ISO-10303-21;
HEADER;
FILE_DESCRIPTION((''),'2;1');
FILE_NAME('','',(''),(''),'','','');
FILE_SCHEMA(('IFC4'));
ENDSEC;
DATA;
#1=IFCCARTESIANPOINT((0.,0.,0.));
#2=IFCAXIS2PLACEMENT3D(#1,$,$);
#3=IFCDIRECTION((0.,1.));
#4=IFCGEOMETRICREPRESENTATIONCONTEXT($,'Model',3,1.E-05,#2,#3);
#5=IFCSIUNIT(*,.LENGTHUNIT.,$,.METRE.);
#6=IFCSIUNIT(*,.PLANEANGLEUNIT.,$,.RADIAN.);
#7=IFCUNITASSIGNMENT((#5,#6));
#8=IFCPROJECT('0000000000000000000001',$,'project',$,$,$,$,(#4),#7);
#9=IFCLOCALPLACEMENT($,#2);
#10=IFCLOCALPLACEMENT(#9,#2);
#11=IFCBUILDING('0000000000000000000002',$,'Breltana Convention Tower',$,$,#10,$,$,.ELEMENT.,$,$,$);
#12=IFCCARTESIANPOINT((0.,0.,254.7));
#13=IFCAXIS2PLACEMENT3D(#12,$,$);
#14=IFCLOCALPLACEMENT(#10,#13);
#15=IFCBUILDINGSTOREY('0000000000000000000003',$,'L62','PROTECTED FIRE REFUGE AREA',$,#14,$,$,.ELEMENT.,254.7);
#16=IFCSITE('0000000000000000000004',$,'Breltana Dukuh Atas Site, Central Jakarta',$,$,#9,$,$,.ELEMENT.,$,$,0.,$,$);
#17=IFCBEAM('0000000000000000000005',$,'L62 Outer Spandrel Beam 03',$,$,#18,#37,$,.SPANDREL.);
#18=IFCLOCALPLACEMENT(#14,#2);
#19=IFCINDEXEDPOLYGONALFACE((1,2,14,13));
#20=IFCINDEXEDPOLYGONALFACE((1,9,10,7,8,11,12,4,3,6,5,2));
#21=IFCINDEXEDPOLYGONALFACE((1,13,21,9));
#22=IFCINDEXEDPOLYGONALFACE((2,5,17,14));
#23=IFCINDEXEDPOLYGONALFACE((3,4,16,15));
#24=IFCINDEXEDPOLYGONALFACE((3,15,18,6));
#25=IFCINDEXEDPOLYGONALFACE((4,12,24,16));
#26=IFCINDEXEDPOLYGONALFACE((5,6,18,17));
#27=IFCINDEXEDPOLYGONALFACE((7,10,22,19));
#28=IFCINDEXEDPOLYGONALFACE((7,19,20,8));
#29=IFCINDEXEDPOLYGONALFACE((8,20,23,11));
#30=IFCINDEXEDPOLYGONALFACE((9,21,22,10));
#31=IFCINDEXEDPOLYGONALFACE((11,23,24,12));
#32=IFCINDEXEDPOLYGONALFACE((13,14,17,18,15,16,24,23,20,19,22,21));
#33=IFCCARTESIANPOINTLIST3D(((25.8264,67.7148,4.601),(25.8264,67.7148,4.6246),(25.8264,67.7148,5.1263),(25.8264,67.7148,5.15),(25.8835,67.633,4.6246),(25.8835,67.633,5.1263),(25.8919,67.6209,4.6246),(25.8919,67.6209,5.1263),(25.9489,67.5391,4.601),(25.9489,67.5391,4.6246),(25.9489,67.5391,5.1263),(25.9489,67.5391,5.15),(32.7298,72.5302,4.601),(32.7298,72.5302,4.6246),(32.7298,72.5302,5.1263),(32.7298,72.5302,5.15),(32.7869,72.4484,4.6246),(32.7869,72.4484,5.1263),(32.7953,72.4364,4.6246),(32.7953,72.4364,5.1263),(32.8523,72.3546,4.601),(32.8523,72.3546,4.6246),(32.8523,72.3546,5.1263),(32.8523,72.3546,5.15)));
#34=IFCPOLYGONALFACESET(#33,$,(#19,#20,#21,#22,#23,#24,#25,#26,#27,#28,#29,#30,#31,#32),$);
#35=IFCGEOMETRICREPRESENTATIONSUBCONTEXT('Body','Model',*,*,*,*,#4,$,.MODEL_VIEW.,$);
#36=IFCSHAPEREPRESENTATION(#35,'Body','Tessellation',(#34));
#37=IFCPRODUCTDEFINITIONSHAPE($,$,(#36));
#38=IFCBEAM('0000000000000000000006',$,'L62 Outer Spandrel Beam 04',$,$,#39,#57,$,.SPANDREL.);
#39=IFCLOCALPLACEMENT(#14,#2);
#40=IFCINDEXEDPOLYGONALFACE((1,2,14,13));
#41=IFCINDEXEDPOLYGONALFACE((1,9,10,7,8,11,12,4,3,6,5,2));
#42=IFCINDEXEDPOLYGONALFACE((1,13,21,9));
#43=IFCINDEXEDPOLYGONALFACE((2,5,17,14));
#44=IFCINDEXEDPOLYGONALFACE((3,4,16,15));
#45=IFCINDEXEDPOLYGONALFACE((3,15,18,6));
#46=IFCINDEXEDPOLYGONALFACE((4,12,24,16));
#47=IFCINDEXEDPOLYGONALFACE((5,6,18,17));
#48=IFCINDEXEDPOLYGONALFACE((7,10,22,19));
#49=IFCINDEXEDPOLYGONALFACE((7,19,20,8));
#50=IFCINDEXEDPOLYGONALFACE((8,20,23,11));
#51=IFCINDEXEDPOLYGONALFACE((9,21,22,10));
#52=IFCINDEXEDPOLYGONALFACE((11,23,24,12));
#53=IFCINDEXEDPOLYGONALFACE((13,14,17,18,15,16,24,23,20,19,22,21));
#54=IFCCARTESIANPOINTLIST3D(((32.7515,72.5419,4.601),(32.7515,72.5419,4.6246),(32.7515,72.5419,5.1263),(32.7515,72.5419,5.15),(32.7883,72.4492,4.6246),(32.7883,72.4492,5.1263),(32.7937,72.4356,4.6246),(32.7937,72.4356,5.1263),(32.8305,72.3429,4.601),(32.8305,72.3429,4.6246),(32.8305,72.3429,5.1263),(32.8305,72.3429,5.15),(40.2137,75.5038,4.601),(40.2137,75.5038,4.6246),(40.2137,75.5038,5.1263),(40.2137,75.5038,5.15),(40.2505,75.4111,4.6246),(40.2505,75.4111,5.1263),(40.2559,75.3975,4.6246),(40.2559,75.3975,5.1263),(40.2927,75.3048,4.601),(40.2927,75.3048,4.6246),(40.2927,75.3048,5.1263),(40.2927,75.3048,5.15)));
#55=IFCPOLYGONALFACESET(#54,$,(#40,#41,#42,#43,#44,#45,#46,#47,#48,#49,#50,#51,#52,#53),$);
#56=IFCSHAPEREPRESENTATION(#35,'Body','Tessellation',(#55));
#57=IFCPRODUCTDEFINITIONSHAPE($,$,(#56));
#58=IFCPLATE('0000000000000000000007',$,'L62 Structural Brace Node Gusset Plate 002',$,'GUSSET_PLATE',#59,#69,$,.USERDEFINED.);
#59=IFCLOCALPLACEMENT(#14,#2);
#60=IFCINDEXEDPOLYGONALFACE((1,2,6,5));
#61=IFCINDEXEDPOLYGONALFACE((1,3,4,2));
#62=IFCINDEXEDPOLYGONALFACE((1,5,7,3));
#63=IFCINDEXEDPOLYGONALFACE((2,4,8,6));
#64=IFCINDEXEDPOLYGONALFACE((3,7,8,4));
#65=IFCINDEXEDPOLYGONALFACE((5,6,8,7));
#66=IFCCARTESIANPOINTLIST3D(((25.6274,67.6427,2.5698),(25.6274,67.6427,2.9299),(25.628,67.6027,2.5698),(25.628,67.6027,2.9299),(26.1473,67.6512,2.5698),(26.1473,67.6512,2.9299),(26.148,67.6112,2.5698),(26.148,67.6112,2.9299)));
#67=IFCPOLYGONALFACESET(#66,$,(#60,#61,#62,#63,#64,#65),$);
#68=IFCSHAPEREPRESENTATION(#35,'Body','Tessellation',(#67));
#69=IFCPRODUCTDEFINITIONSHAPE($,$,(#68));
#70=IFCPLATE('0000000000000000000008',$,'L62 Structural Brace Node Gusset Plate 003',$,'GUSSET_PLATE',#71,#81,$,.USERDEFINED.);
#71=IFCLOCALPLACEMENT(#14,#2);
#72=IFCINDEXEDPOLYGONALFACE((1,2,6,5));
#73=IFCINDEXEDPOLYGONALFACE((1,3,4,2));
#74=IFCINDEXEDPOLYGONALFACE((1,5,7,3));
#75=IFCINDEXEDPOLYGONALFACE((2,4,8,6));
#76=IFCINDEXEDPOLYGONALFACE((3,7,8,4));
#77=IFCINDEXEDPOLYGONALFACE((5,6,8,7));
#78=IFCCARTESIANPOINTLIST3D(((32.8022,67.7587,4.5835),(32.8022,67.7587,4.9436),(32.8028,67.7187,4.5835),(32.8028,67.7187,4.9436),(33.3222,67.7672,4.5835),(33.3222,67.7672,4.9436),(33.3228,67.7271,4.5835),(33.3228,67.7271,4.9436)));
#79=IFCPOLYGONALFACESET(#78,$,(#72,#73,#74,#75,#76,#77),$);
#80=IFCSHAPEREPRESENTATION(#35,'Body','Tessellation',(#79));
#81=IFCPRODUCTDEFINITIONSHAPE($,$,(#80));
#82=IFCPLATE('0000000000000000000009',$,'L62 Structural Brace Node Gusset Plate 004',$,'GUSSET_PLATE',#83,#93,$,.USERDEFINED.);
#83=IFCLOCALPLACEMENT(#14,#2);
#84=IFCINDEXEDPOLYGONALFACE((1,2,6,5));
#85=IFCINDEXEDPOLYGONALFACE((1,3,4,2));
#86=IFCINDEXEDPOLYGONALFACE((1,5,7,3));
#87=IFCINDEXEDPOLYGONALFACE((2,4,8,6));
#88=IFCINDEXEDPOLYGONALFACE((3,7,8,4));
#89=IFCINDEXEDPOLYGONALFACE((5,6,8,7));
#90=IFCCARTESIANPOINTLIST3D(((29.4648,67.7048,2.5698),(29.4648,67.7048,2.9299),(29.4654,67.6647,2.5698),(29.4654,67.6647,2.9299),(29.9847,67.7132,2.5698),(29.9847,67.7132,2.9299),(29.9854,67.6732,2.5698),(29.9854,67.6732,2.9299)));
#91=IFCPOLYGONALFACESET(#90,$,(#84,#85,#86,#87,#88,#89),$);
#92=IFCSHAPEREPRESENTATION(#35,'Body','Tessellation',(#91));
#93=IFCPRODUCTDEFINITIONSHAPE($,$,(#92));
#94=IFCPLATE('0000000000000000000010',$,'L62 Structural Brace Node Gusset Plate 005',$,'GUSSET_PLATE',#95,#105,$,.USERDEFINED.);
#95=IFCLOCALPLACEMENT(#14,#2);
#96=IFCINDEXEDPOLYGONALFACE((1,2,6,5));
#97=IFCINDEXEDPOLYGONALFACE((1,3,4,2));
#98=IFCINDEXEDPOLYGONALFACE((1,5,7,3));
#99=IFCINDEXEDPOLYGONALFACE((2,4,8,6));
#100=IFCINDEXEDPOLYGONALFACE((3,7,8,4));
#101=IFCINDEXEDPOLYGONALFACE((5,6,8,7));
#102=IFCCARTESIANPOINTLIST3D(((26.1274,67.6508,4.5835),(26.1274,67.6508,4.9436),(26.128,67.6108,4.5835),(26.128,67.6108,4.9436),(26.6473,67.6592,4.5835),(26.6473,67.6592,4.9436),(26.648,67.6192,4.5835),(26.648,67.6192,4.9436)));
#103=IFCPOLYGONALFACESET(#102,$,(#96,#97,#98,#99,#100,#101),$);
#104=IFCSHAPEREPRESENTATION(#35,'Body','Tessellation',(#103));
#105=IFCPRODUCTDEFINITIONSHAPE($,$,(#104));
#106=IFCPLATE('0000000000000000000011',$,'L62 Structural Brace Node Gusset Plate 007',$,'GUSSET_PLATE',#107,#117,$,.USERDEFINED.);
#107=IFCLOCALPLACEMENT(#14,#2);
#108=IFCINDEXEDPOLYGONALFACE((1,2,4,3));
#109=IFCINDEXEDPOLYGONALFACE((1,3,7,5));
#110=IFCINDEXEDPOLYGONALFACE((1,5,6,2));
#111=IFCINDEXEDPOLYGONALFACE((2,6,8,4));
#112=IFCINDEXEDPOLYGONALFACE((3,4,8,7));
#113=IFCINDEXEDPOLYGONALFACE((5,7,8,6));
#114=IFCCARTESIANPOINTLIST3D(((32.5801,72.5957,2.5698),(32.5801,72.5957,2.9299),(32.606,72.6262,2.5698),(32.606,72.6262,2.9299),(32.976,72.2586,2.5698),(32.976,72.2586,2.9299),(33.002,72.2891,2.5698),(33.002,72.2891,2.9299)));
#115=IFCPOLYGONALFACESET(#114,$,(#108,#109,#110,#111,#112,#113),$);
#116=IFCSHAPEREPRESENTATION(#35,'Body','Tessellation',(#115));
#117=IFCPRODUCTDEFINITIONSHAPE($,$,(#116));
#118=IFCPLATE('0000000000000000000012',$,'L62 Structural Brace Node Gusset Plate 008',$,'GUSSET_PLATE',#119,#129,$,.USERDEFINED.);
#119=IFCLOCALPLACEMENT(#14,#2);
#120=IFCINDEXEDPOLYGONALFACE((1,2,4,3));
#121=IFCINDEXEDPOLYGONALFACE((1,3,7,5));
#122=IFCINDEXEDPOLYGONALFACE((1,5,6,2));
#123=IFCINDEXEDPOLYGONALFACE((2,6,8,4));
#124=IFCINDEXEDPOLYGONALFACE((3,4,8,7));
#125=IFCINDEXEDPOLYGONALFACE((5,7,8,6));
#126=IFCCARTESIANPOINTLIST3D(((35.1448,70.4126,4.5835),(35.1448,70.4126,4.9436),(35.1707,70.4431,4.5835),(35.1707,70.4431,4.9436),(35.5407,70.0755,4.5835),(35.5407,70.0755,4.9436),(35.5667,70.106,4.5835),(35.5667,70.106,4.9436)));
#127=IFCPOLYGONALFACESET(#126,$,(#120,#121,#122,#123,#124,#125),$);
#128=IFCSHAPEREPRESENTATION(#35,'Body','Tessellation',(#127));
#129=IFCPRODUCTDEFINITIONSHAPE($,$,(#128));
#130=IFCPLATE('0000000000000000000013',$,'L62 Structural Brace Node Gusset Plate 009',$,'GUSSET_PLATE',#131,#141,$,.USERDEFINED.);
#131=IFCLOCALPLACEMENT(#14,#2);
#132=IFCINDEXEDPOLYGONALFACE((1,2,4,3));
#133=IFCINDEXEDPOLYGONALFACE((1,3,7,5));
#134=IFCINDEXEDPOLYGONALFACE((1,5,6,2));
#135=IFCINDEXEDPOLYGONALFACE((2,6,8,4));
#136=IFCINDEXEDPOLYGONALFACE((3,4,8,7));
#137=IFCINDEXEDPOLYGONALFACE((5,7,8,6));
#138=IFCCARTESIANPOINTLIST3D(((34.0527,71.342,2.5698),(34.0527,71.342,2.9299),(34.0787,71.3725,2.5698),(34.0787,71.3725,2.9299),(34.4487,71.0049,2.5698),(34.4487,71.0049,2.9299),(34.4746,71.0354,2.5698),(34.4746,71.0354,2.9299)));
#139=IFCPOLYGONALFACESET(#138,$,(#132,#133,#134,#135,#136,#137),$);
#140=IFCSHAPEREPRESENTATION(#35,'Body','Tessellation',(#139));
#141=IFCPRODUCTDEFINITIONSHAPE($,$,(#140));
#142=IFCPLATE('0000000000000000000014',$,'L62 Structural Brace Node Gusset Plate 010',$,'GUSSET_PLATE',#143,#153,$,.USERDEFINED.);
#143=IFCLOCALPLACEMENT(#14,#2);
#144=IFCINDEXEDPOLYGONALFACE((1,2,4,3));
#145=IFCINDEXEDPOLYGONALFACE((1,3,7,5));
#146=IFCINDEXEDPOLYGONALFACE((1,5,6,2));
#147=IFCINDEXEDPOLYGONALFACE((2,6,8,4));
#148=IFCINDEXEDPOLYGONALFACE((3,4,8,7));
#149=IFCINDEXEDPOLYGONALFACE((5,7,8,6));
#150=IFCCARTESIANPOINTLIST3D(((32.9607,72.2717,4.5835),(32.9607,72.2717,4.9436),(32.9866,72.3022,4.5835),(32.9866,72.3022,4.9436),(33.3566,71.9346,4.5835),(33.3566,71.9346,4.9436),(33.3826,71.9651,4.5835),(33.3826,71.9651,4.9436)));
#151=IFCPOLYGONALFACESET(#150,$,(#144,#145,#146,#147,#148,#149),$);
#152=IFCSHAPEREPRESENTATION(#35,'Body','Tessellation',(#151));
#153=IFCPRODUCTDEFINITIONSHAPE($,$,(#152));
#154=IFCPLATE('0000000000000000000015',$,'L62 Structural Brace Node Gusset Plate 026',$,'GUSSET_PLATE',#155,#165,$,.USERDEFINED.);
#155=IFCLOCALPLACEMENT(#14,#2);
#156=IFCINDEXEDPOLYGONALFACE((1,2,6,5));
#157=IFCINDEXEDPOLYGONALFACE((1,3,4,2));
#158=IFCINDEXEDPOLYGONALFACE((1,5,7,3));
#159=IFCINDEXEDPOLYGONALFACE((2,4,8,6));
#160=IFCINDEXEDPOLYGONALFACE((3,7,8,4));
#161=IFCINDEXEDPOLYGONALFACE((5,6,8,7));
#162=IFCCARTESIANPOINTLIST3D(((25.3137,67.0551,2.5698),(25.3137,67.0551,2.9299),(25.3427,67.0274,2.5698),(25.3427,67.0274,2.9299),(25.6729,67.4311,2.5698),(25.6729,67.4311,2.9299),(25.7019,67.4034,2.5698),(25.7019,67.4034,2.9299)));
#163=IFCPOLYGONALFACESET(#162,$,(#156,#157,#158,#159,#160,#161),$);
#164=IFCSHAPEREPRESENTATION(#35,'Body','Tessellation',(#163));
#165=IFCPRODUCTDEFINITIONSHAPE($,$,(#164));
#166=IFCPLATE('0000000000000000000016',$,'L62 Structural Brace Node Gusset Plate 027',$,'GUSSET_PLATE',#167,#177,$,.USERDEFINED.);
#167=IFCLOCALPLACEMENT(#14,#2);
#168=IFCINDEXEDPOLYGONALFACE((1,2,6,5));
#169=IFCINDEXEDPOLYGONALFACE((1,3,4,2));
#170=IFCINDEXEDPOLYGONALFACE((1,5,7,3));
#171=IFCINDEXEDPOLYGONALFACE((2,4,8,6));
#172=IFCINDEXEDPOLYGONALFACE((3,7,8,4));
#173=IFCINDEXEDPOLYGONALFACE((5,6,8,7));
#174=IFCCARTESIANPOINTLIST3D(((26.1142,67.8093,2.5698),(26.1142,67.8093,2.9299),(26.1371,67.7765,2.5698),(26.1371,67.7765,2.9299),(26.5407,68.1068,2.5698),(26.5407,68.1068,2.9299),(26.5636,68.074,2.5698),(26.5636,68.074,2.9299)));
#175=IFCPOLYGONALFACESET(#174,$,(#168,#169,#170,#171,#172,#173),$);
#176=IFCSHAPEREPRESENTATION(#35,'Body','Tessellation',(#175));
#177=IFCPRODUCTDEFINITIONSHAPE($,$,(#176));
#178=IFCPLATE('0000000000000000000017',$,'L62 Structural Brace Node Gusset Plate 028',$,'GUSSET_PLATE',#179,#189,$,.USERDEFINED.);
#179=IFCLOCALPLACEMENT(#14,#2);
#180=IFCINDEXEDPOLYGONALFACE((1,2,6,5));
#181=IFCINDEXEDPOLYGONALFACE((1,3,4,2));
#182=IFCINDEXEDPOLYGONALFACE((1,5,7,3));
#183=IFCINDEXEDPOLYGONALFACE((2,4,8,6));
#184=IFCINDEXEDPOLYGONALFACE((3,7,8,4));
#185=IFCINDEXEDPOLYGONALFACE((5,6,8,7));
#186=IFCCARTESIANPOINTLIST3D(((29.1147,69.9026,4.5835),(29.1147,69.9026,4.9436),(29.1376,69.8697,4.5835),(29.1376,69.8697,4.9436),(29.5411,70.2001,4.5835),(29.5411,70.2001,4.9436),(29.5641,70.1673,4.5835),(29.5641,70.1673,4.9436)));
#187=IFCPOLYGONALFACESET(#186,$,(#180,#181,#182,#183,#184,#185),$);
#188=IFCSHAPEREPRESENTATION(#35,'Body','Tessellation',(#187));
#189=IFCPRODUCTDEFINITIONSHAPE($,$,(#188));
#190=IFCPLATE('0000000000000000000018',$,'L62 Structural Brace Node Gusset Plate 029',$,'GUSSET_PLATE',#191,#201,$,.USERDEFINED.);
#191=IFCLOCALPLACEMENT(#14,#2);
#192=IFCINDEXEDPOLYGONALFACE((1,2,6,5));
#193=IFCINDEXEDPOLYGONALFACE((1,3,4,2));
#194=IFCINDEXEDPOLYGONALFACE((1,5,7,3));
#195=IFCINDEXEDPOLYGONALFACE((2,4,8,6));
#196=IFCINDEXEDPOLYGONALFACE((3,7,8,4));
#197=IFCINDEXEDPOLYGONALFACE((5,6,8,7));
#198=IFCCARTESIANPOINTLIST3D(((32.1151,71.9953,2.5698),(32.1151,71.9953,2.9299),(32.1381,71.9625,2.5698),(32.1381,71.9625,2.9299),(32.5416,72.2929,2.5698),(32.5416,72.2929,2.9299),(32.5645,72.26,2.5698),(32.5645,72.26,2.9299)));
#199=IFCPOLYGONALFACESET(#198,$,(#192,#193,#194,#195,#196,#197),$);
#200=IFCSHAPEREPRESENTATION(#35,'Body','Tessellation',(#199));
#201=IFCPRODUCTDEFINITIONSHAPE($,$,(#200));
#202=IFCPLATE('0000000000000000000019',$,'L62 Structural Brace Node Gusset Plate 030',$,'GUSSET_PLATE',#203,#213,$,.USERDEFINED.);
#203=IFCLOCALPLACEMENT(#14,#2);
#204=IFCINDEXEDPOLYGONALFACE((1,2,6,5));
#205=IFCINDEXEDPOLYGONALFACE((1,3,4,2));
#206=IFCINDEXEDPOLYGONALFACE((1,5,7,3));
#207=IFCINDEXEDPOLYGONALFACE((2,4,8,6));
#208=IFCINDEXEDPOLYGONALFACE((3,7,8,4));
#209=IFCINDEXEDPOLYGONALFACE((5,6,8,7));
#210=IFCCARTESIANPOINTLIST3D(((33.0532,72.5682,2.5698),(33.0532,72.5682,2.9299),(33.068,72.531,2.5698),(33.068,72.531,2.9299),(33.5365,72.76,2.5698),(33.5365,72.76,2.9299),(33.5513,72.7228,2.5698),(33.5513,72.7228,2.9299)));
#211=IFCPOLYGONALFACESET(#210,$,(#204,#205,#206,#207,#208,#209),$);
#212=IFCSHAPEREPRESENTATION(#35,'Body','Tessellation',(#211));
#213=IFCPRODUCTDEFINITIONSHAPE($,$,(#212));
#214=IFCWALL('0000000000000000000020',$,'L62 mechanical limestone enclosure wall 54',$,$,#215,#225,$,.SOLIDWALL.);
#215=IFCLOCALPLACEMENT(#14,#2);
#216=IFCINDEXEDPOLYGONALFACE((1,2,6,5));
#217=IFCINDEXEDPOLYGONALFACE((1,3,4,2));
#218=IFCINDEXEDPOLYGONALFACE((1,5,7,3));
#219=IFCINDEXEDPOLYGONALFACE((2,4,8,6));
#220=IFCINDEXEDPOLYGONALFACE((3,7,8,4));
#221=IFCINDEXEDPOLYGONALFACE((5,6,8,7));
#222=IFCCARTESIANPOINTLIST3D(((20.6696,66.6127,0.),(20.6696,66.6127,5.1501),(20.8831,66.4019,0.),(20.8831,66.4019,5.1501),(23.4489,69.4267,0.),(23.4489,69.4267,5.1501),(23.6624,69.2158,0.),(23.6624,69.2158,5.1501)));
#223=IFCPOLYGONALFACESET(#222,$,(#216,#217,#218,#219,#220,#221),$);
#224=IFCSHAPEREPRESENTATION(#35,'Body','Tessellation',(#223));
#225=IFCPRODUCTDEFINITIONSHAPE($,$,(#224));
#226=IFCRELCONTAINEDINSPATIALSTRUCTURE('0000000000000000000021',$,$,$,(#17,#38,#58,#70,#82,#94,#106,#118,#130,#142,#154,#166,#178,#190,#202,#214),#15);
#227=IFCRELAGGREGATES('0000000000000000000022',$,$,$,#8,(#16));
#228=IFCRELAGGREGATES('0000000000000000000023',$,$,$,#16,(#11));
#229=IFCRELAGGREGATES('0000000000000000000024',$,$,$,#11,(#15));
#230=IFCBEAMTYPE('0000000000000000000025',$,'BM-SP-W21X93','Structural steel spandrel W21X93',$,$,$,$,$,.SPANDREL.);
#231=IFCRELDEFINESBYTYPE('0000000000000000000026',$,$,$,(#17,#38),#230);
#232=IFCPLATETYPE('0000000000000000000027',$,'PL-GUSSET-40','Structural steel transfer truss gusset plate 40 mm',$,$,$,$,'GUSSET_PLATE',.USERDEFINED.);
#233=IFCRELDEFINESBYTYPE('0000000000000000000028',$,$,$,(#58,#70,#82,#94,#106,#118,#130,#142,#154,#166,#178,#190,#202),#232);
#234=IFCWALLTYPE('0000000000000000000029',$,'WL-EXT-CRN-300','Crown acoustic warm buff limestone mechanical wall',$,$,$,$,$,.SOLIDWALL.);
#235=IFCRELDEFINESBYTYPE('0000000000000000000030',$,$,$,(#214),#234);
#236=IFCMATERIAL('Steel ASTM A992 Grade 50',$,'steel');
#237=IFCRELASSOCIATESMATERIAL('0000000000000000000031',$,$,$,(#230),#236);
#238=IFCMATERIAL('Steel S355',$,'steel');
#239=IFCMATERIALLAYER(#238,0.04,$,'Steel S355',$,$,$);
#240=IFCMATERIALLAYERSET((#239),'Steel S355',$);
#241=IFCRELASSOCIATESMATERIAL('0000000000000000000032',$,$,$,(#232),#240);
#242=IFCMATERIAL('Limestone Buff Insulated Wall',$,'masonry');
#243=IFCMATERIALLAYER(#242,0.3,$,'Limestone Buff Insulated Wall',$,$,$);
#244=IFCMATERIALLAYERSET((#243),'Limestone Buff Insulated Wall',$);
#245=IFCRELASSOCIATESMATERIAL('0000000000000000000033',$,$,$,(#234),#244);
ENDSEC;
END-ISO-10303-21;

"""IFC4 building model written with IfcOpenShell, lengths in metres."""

from ifc_helpers import new_model, si_unit, direction, frame, frame_2d, origin, origin_2d, place, context, subcontext, project, spatial, rectangle, i_section, extrude, source, transform, mapped, material, layer, layer_set, material_profile, profile_set, type_object, element, save


model = new_model("IFC4")

# Units and contexts
model_context = context("Model", 3, precision=1e-05, world=origin(), true_north=direction((0.0, 1.0)))
body_context = subcontext(model_context, "Body", "Model", "MODEL_VIEW")
ifc_project = project(units=[si_unit("LENGTHUNIT", "METRE"), si_unit("PLANEANGLEUNIT", "RADIAN")], contexts=[model_context])

# Site, building, storey
site_placement = place(None, origin())
site = spatial("IfcSite", under=ifc_project, at=site_placement, Name="Breltana Dukuh Atas Site, Central Jakarta", CompositionType="ELEMENT", RefElevation=0.0)
building_placement = place(site_placement, origin())
building = spatial("IfcBuilding", under=site, at=building_placement, Name="Breltana Convention Tower", CompositionType="ELEMENT")
storey_placement = place(building_placement, frame((0.0, 0.0, 254.7)))
storey = spatial("IfcBuildingStorey", under=building, at=storey_placement, Name="L62", Description="PROTECTED FIRE REFUGE AREA", CompositionType="ELEMENT", Elevation=254.7)

# Shared definitions
ifc_material_1 = material(Name="Steel ASTM A992 Grade 50", Category="steel")

# Beams
ifc_material_profile_1 = material_profile(ifc_material_1, i_section(OverallWidth=0.2141, OverallDepth=0.5491, WebThickness=0.0146, FlangeThickness=0.0237, at=origin_2d()), Name="W21X93")
ifc_profile_set_1 = profile_set([ifc_material_profile_1], Name="Steel ASTM A992 Grade 50")
beam_type_1 = type_object("IfcBeamType", Name="BM-SP-W21X93", Description="Structural steel spandrel W21X93", PredefinedType="SPANDREL", material=ifc_profile_set_1)
shared_shape_1 = source(origin(), body_context, "Body", "SweptSolid", [
    extrude(i_section(OverallWidth=0.2141, OverallDepth=0.5491, WebThickness=0.0146, FlangeThickness=0.0237, at=origin_2d()), origin(), (0.0, 0.0, 1.0), 8.417),
])
beam_1_placement = place(storey_placement, frame((25.8877, 67.627, 4.8755), z_axis=(0.820174, 0.572114, 0.0), x_axis=(-0.572114, 0.820174, 0.0)))
element("IfcBeam", 1, at=beam_1_placement, inside=storey, type_object=beam_type_1, Name="L62 Outer Spandrel Beam 03", PredefinedType="SPANDREL", context=body_context, shape_type="MappedRepresentation", body=[
    mapped(shared_shape_1, transform((0.0, 0.0, 0.0), scale=1.0)),
])
shared_shape_2 = source(origin(), body_context, "Body", "SweptSolid", [
    extrude(i_section(OverallWidth=0.2141, OverallDepth=0.5491, WebThickness=0.0146, FlangeThickness=0.0237, at=origin_2d()), origin(), (0.0, 0.0, 1.0), 8.0286),
])
beam_2_placement = place(storey_placement, frame((32.791, 72.4424, 4.8755), z_axis=(0.929459, 0.368925, 0.0), x_axis=(-0.368925, 0.929459, 0.0)))
element("IfcBeam", 2, at=beam_2_placement, inside=storey, type_object=beam_type_1, Name="L62 Outer Spandrel Beam 04", PredefinedType="SPANDREL", context=body_context, shape_type="MappedRepresentation", body=[
    mapped(shared_shape_2, transform((0.0, 0.0, 0.0), scale=1.0)),
])

# Plates
ifc_material_2 = material(Name="Steel S355", Category="steel")
ifc_layer_1 = layer(ifc_material_2, 0.04, Name="Steel S355")
ifc_layer_set_1 = layer_set([ifc_layer_1], Name="Steel S355")
plate_type = type_object("IfcPlateType", Name="PL-GUSSET-40", Description="Structural steel transfer truss gusset plate 40 mm", ElementType="GUSSET_PLATE", PredefinedType="USERDEFINED", material=ifc_layer_set_1)
shared_shape_3 = source(origin(), body_context, "Body", "SweptSolid", [
    extrude(rectangle(XDim=0.52, YDim=0.04, at=origin_2d()), origin(), (0.0, 0.0, 1.0), 0.3601),
])
for number, where, z_axis, x_axis, name in (
    (3, (25.8877, 67.627, 2.5698), (0.0, 0.0, 1.0), (-0.999868, -0.016231, 0.0), "L62 Structural Brace Node Gusset Plate 002"),
    (4, (33.0625, 67.7429, 4.5835), (0.0, 0.0, 1.0), (-0.999868, -0.016231, 0.0), "L62 Structural Brace Node Gusset Plate 003"),
    (5, (29.7251, 67.689, 2.5698), (0.0, 0.0, 1.0), (-0.999868, -0.016231, 0.0), "L62 Structural Brace Node Gusset Plate 004"),
    (6, (26.3877, 67.635, 4.5835), (0.0, 0.0, 1.0), (-0.999868, -0.016231, 0.0), "L62 Structural Brace Node Gusset Plate 005"),
    (7, (32.791, 72.4424, 2.5698), (0.0, 0.0, 1.0), (-0.761425, 0.648253, 0.0), "L62 Structural Brace Node Gusset Plate 007"),
    (8, (35.3557, 70.2593, 4.5835), (0.0, 0.0, 1.0), (-0.761425, 0.648253, 0.0), "L62 Structural Brace Node Gusset Plate 008"),
    (9, (34.2637, 71.1887, 2.5698), (0.0, 0.0, 1.0), (-0.761425, 0.648253, 0.0), "L62 Structural Brace Node Gusset Plate 009"),
    (10, (33.1716, 72.1184, 4.5835), (0.0, 0.0, 1.0), (-0.761425, 0.648253, 0.0), "L62 Structural Brace Node Gusset Plate 010"),
    (11, (25.5078, 67.2292, 2.5698), (0.0, 0.0, 1.0), (0.690756, 0.723088, 0.0), "L62 Structural Brace Node Gusset Plate 026"),
    (12, (26.3389, 67.9417, 2.5698), (0.0, 0.0, 1.0), (0.820152, 0.572146, 0.0), "L62 Structural Brace Node Gusset Plate 027"),
    (13, (29.3394, 70.0349, 4.5835), (0.0, 0.0, 1.0), (0.820152, 0.572146, 0.0), "L62 Structural Brace Node Gusset Plate 028"),
    (14, (32.3398, 72.1277, 2.5698), (0.0, 0.0, 1.0), (0.820152, 0.572146, 0.0), "L62 Structural Brace Node Gusset Plate 029"),
    (15, (33.3022, 72.6455, 2.5698), (0.0, 0.0, 1.0), (0.929455, 0.368936, 0.0), "L62 Structural Brace Node Gusset Plate 030"),
):
    element("IfcPlate", number, at=place(storey_placement, frame(where, z_axis=z_axis, x_axis=x_axis)), inside=storey, type_object=plate_type, Name=name, ObjectType="GUSSET_PLATE", PredefinedType="USERDEFINED", context=body_context, shape_type="MappedRepresentation", body=[
        mapped(shared_shape_3, transform((0.0, 0.0, 0.0), scale=1.0)),
    ])

# Wall
ifc_material_3 = material(Name="Limestone Buff Insulated Wall", Category="masonry")
ifc_layer_2 = layer(ifc_material_3, 0.3, Name="Limestone Buff Insulated Wall")
ifc_layer_set_2 = layer_set([ifc_layer_2], Name="Limestone Buff Insulated Wall")
wall_type_1 = type_object("IfcWallType", Name="WL-EXT-CRN-300", Description="Crown acoustic warm buff limestone mechanical wall", PredefinedType="SOLIDWALL", material=ifc_layer_set_2)
shared_shape_4 = source(origin(), body_context, "Body", "SweptSolid", [
    extrude(rectangle(XDim=3.9551, YDim=0.3, at=frame_2d((1.9775, 0.0))), origin(), (0.0, 0.0, 1.0), 5.1501),
])
wall_1_placement = place(storey_placement, frame((20.7764, 66.5073, 0.0), z_axis=(0.0, 0.0, 1.0), x_axis=(0.702711, 0.711476, 0.0)))
element("IfcWall", 16, at=wall_1_placement, inside=storey, type_object=wall_type_1, Name="L62 mechanical limestone enclosure wall 54", PredefinedType="SOLIDWALL", context=body_context, shape_type="MappedRepresentation", body=[
    mapped(shared_shape_4, transform((0.0, 0.0, 0.0), scale=1.0)),
])

save(model, "model.ifc")
